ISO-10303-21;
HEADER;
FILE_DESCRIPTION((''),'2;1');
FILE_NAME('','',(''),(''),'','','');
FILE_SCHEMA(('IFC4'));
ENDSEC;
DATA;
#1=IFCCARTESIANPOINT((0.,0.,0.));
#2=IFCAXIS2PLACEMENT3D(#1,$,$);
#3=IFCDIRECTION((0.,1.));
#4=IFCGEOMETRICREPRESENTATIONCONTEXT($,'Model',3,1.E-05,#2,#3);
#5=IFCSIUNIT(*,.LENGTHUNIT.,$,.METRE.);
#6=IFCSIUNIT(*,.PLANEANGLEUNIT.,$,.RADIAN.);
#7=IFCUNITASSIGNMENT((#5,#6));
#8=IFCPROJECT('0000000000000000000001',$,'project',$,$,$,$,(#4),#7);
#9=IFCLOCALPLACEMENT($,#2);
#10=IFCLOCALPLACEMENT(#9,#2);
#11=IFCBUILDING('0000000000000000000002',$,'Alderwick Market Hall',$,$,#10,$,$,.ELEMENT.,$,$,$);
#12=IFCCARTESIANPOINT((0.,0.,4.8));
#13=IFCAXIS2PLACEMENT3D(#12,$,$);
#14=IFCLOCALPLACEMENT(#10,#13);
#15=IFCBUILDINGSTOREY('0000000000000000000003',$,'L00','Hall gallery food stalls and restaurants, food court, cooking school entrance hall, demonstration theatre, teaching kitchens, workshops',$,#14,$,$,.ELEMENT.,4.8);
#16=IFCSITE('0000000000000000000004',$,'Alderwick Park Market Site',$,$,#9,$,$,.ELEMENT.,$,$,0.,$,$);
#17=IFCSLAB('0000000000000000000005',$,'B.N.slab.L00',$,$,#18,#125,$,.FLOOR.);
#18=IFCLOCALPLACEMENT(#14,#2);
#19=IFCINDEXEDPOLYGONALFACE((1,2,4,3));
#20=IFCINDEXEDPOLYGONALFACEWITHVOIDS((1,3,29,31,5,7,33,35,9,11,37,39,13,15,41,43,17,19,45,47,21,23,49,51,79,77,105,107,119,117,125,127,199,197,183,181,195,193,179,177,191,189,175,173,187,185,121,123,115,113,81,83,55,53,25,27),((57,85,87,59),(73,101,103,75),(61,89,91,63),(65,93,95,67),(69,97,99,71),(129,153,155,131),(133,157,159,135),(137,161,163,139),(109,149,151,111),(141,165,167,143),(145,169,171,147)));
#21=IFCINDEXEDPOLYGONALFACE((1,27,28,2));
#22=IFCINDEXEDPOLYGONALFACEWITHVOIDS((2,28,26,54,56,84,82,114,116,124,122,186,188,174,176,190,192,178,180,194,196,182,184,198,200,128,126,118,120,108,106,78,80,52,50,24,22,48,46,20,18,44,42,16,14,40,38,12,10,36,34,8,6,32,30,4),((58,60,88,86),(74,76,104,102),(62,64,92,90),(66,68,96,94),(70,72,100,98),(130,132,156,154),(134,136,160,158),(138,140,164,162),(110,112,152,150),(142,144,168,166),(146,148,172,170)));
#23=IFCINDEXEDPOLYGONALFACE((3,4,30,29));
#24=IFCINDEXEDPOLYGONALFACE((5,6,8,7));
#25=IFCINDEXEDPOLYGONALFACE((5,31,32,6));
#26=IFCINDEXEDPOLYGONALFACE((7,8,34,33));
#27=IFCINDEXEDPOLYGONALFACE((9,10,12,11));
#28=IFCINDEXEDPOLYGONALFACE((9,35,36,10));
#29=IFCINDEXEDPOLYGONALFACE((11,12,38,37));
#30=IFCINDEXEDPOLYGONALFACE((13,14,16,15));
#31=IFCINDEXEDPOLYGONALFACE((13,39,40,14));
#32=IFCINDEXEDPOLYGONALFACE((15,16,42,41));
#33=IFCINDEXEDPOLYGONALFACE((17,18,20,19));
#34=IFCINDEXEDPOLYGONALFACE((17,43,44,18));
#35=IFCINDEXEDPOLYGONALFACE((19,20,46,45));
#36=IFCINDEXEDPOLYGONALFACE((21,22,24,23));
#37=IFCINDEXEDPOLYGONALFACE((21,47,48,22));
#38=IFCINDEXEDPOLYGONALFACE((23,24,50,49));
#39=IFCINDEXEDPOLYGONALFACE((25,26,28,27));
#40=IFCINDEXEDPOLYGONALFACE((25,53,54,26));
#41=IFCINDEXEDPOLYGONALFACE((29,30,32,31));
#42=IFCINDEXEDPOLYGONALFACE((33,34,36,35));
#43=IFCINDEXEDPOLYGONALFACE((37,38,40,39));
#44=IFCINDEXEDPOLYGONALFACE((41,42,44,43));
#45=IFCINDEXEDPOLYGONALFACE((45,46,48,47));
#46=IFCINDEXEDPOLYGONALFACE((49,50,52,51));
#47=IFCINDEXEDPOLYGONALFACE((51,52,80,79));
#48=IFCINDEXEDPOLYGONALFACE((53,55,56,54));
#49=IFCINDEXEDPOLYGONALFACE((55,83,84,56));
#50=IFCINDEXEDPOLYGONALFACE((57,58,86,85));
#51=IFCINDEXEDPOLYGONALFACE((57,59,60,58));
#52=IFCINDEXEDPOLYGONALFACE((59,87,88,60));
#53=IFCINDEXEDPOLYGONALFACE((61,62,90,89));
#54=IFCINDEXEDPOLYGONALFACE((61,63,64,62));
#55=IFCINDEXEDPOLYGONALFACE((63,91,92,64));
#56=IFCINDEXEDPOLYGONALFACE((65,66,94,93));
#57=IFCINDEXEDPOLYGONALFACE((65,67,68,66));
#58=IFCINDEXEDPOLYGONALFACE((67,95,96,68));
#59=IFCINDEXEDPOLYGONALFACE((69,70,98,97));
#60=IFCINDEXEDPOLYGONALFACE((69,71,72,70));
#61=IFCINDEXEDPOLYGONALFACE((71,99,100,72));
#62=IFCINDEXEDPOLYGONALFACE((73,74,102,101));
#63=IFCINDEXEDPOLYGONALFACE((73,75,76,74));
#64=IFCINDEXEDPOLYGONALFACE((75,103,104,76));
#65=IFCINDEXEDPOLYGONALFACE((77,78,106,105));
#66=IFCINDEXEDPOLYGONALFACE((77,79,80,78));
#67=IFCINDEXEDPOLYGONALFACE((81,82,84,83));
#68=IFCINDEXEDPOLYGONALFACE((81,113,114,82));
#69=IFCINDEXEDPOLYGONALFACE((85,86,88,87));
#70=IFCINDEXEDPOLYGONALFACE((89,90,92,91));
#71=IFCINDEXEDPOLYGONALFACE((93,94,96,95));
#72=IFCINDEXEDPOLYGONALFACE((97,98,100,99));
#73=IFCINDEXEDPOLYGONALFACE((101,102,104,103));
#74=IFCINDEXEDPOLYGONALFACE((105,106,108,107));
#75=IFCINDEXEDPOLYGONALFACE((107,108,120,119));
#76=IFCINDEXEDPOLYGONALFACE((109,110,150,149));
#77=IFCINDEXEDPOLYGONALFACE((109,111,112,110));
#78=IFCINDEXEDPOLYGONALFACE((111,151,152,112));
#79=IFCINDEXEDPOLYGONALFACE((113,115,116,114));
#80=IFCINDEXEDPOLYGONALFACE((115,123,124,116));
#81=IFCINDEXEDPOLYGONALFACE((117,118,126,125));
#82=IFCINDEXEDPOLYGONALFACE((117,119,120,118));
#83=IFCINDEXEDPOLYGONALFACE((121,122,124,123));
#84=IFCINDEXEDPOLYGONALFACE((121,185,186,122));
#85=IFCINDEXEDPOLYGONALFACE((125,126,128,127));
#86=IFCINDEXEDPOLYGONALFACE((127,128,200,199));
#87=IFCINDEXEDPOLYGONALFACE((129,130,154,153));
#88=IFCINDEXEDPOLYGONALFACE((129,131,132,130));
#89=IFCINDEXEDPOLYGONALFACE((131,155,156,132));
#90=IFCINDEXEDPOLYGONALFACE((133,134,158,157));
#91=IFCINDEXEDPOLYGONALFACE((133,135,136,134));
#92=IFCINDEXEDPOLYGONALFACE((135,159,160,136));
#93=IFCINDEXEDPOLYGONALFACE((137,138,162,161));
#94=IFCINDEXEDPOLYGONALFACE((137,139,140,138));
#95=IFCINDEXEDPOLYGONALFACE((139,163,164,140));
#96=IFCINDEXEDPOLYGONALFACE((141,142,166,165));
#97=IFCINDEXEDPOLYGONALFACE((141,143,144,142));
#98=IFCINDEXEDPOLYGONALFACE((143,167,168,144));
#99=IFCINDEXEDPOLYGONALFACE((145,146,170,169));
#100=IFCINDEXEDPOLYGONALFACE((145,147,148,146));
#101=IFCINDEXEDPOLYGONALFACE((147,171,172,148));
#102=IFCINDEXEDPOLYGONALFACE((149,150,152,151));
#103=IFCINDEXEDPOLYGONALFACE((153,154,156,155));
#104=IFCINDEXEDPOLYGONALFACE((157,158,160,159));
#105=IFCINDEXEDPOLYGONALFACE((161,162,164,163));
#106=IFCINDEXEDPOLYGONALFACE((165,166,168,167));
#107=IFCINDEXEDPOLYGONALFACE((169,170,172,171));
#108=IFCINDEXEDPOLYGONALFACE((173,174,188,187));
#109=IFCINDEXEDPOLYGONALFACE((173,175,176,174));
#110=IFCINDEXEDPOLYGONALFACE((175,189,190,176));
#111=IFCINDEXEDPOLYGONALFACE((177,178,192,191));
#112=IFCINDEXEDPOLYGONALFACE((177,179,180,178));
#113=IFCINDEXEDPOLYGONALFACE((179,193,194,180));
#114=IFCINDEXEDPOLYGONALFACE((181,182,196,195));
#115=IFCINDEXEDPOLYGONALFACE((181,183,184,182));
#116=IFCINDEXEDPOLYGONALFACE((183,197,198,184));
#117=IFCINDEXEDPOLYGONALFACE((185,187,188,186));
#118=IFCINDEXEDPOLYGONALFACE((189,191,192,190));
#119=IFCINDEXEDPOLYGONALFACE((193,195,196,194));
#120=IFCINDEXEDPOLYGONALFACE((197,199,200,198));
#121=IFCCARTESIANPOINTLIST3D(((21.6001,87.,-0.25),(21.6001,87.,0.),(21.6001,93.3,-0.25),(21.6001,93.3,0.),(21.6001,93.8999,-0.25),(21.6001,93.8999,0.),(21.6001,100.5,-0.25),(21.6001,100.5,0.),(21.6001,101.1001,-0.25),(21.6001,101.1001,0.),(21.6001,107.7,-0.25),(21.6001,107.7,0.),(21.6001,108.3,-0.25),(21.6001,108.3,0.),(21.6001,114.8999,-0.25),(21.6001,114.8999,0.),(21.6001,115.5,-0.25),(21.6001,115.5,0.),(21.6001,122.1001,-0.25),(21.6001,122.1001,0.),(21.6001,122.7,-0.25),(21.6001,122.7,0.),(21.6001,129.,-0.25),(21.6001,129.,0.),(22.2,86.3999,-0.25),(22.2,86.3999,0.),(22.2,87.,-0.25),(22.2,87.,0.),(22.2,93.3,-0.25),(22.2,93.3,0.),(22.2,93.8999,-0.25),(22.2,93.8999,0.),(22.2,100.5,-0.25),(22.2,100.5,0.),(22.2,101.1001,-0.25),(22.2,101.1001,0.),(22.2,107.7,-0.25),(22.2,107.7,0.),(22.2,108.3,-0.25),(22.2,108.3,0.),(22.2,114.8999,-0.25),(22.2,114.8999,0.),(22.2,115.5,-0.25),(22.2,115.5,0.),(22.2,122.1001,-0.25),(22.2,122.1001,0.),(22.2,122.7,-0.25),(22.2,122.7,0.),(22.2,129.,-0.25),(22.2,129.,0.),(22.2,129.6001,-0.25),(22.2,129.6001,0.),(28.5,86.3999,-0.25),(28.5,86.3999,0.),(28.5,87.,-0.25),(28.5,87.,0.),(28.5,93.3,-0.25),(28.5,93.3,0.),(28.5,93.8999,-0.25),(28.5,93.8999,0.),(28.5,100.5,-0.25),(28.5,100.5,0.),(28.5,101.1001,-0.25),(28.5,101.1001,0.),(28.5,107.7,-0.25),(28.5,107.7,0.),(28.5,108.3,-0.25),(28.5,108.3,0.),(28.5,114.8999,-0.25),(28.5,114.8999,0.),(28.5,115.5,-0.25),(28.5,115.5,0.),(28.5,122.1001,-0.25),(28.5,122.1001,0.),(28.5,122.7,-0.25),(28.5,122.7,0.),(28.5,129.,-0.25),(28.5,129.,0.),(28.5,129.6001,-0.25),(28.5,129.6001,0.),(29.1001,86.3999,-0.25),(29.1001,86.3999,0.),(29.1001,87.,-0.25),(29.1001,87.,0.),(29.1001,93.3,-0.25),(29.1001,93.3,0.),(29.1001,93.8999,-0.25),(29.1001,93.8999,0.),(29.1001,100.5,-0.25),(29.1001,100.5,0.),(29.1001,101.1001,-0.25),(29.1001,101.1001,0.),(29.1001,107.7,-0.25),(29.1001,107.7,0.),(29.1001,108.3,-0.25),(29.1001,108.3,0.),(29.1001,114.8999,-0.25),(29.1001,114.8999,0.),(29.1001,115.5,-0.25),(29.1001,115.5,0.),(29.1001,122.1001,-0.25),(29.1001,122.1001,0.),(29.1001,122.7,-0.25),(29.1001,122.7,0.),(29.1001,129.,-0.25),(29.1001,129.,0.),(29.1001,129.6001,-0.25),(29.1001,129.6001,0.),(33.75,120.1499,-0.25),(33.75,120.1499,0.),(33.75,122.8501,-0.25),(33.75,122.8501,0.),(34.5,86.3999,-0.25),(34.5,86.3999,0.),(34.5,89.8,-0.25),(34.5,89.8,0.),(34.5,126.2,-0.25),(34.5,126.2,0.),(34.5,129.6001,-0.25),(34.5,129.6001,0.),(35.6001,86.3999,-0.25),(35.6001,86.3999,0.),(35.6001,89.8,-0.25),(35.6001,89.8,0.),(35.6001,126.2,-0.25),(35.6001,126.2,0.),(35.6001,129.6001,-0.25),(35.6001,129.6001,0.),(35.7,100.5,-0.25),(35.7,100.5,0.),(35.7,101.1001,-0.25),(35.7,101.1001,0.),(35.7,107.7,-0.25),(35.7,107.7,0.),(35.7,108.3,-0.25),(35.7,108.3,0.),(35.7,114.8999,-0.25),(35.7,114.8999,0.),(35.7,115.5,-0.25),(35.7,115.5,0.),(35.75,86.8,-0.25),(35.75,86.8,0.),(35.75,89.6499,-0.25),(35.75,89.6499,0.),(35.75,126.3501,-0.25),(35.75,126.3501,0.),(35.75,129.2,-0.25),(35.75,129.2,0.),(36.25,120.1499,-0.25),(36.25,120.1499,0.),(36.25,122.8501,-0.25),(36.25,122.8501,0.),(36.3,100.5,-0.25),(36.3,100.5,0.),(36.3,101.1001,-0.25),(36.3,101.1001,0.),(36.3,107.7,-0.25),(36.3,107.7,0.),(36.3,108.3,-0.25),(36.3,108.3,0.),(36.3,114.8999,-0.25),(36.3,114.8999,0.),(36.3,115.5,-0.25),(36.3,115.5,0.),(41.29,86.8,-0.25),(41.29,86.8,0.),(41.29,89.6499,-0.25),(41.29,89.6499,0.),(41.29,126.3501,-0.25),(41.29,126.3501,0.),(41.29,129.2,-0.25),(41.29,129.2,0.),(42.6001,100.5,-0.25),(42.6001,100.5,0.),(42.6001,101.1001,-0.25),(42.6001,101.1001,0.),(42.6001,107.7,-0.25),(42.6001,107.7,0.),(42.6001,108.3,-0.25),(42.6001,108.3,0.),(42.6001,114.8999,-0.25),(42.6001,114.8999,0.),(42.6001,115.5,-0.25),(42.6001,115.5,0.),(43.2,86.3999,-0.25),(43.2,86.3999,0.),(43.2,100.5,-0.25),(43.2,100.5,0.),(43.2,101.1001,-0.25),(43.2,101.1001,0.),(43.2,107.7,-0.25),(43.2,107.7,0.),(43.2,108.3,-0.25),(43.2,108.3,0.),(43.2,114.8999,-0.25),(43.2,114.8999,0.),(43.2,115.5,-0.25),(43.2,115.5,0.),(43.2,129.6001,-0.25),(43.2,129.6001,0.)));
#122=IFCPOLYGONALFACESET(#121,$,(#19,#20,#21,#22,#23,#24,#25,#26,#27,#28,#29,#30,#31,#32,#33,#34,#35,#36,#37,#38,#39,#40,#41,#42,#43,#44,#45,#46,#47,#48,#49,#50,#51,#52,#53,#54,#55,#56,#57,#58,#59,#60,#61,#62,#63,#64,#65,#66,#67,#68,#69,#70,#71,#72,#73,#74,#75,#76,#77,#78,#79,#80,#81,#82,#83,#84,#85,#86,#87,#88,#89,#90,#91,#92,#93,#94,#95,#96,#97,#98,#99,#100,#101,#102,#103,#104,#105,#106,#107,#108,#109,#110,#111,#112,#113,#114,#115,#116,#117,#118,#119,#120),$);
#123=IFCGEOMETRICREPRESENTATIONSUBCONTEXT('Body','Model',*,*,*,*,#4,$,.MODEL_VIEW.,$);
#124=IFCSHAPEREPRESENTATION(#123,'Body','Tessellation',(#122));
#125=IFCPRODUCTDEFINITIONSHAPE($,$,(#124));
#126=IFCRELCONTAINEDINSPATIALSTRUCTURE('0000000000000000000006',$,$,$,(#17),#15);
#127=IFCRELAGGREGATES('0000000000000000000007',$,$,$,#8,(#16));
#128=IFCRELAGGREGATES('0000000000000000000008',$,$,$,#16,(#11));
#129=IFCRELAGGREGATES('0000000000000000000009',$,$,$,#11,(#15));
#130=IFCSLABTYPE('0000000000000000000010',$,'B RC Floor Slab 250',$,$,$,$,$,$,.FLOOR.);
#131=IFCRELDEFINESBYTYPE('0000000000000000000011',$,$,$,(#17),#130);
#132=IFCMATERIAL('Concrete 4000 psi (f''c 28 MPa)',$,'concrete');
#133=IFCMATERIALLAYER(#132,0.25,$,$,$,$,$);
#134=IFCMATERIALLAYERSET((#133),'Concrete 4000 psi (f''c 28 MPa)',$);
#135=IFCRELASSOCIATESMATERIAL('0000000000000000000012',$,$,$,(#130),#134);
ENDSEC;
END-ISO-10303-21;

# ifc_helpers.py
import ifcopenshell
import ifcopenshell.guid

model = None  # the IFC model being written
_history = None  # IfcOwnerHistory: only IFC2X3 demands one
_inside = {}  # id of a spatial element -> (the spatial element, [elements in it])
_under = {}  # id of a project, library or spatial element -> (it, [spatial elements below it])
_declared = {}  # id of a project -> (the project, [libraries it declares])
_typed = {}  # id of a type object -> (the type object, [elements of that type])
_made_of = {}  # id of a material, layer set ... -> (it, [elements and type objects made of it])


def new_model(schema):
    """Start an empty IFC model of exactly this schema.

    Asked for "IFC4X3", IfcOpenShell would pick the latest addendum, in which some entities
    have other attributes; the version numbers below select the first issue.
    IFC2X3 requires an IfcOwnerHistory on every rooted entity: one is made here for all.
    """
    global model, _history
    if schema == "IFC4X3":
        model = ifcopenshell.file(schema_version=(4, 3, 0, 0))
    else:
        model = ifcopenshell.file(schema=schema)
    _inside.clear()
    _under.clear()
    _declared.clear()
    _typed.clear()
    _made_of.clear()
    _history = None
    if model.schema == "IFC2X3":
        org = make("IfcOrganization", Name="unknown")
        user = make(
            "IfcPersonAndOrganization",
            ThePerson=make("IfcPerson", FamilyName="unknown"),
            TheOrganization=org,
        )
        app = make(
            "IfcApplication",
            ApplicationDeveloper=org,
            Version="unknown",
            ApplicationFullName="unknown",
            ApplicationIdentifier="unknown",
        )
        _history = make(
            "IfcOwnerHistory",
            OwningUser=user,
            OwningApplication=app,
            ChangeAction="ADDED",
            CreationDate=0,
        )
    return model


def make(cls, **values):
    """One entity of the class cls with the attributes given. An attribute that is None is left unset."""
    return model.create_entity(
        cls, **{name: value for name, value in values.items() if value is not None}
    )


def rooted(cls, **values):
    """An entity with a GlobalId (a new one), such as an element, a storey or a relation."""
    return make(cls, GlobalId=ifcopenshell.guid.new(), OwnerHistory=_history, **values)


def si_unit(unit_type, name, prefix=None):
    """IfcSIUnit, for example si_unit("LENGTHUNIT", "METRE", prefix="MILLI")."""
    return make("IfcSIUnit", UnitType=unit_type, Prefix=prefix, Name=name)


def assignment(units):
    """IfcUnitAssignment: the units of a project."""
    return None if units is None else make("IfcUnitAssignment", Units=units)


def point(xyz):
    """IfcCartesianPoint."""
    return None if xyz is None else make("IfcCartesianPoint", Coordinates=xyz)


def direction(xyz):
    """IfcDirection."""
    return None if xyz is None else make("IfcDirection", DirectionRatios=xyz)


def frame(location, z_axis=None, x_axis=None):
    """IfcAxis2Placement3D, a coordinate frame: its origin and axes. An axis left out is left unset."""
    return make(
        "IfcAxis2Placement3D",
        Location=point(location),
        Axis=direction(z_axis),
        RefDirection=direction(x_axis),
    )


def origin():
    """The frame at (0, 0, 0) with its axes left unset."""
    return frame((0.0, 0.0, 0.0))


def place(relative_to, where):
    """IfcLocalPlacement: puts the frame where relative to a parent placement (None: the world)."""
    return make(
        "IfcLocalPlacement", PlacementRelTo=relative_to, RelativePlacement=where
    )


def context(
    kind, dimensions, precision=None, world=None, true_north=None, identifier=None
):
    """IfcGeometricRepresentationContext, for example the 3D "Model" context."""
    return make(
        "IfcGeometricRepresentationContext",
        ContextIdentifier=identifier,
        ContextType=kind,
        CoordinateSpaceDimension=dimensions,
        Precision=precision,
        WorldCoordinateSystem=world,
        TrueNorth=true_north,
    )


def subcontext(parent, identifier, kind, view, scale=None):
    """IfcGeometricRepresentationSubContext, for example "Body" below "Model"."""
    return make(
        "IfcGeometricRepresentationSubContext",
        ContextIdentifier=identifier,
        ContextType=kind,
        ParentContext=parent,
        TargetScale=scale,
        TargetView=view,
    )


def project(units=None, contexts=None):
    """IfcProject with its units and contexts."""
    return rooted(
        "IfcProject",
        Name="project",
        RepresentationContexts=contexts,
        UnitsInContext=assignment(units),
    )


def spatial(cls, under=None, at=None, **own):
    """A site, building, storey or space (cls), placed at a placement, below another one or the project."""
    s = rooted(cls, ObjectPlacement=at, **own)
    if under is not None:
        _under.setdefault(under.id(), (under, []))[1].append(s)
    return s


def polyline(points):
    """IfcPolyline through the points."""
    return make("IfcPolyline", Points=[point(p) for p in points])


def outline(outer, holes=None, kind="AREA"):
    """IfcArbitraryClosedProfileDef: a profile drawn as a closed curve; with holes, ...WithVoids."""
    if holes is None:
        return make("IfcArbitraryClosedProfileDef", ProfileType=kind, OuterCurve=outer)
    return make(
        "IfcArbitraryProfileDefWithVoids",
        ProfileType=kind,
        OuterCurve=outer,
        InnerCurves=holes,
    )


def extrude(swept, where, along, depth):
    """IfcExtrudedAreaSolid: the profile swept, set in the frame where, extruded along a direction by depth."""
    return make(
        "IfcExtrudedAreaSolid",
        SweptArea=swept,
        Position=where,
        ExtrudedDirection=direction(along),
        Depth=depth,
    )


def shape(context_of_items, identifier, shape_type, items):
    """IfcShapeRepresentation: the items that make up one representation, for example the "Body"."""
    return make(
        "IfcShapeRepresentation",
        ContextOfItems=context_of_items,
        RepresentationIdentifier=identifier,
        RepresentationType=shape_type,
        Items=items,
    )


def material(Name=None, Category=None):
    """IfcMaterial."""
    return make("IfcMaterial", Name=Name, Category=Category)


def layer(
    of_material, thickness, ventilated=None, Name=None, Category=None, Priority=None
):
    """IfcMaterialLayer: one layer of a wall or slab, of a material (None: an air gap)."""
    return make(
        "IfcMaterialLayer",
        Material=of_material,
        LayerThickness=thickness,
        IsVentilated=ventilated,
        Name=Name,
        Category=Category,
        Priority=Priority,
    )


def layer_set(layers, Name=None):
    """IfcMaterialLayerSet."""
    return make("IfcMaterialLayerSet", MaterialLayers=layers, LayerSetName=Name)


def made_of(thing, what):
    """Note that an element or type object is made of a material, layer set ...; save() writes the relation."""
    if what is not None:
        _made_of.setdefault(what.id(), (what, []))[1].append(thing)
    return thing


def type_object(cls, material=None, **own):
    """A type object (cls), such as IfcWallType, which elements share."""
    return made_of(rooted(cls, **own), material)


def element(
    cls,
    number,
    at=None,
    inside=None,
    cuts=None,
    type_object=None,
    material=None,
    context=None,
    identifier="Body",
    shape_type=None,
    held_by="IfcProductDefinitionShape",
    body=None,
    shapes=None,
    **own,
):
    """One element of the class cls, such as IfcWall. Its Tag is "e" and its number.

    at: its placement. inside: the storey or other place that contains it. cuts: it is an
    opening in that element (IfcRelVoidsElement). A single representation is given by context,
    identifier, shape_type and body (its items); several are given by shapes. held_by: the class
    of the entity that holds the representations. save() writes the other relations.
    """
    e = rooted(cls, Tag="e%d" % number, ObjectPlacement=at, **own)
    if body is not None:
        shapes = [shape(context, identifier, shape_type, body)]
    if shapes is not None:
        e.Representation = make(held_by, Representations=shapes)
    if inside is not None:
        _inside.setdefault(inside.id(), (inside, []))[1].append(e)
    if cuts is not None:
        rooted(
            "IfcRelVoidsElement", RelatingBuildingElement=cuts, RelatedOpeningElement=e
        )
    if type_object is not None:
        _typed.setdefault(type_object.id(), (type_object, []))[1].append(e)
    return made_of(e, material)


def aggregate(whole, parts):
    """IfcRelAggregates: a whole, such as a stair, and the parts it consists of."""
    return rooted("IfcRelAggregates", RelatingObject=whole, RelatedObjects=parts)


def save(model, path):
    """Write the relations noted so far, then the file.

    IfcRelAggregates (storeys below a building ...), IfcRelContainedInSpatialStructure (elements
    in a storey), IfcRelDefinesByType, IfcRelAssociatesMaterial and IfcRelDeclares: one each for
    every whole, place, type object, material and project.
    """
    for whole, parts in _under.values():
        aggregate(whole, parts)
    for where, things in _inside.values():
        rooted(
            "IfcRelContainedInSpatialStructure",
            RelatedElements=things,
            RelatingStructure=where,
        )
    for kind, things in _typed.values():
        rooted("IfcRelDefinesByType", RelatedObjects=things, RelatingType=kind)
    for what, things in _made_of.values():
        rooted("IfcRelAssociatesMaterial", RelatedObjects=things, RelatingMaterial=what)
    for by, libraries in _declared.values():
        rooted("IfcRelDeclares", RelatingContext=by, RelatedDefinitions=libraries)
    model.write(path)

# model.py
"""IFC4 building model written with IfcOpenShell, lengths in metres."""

from ifc_helpers import new_model, si_unit, direction, frame, origin, place, context, subcontext, project, spatial, polyline, outline, extrude, material, layer, layer_set, type_object, element, save


model = new_model("IFC4")

# Units and contexts
model_context = context("Model", 3, precision=1e-05, world=origin(), true_north=direction((0.0, 1.0)))
body_context = subcontext(model_context, "Body", "Model", "MODEL_VIEW")
ifc_project = project(units=[si_unit("LENGTHUNIT", "METRE"), si_unit("PLANEANGLEUNIT", "RADIAN")], contexts=[model_context])

# Site, building, storey
site_placement = place(None, origin())
site = spatial("IfcSite", under=ifc_project, at=site_placement, Name="Alderwick Park Market Site", CompositionType="ELEMENT", RefElevation=0.0)
building_placement = place(site_placement, origin())
building = spatial("IfcBuilding", under=site, at=building_placement, Name="Alderwick Market Hall", CompositionType="ELEMENT")
storey_placement = place(building_placement, frame((0.0, 0.0, 4.8)))
storey = spatial("IfcBuildingStorey", under=building, at=storey_placement, Name="L00", Description="Hall gallery food stalls and restaurants, food court, cooking school entrance hall, demonstration theatre, teaching kitchens, workshops", CompositionType="ELEMENT", Elevation=4.8)

# Shared definitions
ifc_material_1 = material(Name="Concrete 4000 psi (f'c 28 MPa)", Category="concrete")

# Slab
ifc_layer_1 = layer(ifc_material_1, 0.25)
ifc_layer_set_1 = layer_set([ifc_layer_1], Name="Concrete 4000 psi (f'c 28 MPa)")
slab_type_1 = type_object("IfcSlabType", Name="B RC Floor Slab 250", PredefinedType="FLOOR", material=ifc_layer_set_1)
slab_1_placement = place(storey_placement, frame((0.0, 0.0, -0.25)))
element("IfcSlab", 1, at=slab_1_placement, inside=storey, type_object=slab_type_1, Name="B.N.slab.L00", PredefinedType="FLOOR", context=body_context, shape_type="SweptSolid", body=[
    extrude(outline(polyline([(35.6001, 126.2), (35.6001, 129.6001), (43.2, 129.6001), (43.2, 115.5), (42.6001, 115.5), (42.6001, 114.8999), (43.2, 114.8999), (43.2, 108.3), (42.6001, 108.3), (42.6001, 107.7), (43.2, 107.7), (43.2, 101.1001), (42.6001, 101.1001), (42.6001, 100.5), (43.2, 100.5), (43.2, 86.3999), (35.6001, 86.3999), (35.6001, 89.8), (34.5, 89.8), (34.5, 86.3999), (29.1001, 86.3999), (29.1001, 87.0), (28.5, 87.0), (28.5, 86.3999), (22.2, 86.3999), (22.2, 87.0), (21.6001, 87.0), (21.6001, 93.3), (22.2, 93.3), (22.2, 93.8999), (21.6001, 93.8999), (21.6001, 100.5), (22.2, 100.5), (22.2, 101.1001), (21.6001, 101.1001), (21.6001, 107.7), (22.2, 107.7), (22.2, 108.3), (21.6001, 108.3), (21.6001, 114.8999), (22.2, 114.8999), (22.2, 115.5), (21.6001, 115.5), (21.6001, 122.1001), (22.2, 122.1001), (22.2, 122.7), (21.6001, 122.7), (21.6001, 129.0), (22.2, 129.0), (22.2, 129.6001), (28.5, 129.6001), (28.5, 129.0), (29.1001, 129.0), (29.1001, 129.6001), (34.5, 129.6001), (34.5, 126.2), (35.6001, 126.2)]), holes=[polyline([(29.1001, 122.7), (28.5, 122.7), (28.5, 122.1001), (29.1001, 122.1001), (29.1001, 122.7)]), polyline([(29.1001, 114.8999), (29.1001, 115.5), (28.5, 115.5), (28.5, 114.8999), (29.1001, 114.8999)]), polyline([(28.5, 107.7), (29.1001, 107.7), (29.1001, 108.3), (28.5, 108.3), (28.5, 107.7)]), polyline([(28.5, 101.1001), (28.5, 100.5), (29.1001, 100.5), (29.1001, 101.1001), (28.5, 101.1001)]), polyline([(29.1001, 93.8999), (28.5, 93.8999), (28.5, 93.3), (29.1001, 93.3), (29.1001, 93.8999)]), polyline([(35.7, 114.8999), (36.3, 114.8999), (36.3, 115.5), (35.7, 115.5), (35.7, 114.8999)]), polyline([(35.7, 108.3), (35.7, 107.7), (36.3, 107.7), (36.3, 108.3), (35.7, 108.3)]), polyline([(36.3, 101.1001), (35.7, 101.1001), (35.7, 100.5), (36.3, 100.5), (36.3, 101.1001)]), polyline([(41.29, 129.2), (35.75, 129.2), (35.75, 126.3501), (41.29, 126.3501), (41.29, 129.2)]), polyline([(36.25, 120.1499), (36.25, 122.8501), (33.75, 122.8501), (33.75, 120.1499), (36.25, 120.1499)]), polyline([(35.75, 89.6499), (35.75, 86.8), (41.29, 86.8), (41.29, 89.6499), (35.75, 89.6499)])]), origin(), (0.0, 0.0, 1.0), 0.25),
])

save(model, "model.ifc")
